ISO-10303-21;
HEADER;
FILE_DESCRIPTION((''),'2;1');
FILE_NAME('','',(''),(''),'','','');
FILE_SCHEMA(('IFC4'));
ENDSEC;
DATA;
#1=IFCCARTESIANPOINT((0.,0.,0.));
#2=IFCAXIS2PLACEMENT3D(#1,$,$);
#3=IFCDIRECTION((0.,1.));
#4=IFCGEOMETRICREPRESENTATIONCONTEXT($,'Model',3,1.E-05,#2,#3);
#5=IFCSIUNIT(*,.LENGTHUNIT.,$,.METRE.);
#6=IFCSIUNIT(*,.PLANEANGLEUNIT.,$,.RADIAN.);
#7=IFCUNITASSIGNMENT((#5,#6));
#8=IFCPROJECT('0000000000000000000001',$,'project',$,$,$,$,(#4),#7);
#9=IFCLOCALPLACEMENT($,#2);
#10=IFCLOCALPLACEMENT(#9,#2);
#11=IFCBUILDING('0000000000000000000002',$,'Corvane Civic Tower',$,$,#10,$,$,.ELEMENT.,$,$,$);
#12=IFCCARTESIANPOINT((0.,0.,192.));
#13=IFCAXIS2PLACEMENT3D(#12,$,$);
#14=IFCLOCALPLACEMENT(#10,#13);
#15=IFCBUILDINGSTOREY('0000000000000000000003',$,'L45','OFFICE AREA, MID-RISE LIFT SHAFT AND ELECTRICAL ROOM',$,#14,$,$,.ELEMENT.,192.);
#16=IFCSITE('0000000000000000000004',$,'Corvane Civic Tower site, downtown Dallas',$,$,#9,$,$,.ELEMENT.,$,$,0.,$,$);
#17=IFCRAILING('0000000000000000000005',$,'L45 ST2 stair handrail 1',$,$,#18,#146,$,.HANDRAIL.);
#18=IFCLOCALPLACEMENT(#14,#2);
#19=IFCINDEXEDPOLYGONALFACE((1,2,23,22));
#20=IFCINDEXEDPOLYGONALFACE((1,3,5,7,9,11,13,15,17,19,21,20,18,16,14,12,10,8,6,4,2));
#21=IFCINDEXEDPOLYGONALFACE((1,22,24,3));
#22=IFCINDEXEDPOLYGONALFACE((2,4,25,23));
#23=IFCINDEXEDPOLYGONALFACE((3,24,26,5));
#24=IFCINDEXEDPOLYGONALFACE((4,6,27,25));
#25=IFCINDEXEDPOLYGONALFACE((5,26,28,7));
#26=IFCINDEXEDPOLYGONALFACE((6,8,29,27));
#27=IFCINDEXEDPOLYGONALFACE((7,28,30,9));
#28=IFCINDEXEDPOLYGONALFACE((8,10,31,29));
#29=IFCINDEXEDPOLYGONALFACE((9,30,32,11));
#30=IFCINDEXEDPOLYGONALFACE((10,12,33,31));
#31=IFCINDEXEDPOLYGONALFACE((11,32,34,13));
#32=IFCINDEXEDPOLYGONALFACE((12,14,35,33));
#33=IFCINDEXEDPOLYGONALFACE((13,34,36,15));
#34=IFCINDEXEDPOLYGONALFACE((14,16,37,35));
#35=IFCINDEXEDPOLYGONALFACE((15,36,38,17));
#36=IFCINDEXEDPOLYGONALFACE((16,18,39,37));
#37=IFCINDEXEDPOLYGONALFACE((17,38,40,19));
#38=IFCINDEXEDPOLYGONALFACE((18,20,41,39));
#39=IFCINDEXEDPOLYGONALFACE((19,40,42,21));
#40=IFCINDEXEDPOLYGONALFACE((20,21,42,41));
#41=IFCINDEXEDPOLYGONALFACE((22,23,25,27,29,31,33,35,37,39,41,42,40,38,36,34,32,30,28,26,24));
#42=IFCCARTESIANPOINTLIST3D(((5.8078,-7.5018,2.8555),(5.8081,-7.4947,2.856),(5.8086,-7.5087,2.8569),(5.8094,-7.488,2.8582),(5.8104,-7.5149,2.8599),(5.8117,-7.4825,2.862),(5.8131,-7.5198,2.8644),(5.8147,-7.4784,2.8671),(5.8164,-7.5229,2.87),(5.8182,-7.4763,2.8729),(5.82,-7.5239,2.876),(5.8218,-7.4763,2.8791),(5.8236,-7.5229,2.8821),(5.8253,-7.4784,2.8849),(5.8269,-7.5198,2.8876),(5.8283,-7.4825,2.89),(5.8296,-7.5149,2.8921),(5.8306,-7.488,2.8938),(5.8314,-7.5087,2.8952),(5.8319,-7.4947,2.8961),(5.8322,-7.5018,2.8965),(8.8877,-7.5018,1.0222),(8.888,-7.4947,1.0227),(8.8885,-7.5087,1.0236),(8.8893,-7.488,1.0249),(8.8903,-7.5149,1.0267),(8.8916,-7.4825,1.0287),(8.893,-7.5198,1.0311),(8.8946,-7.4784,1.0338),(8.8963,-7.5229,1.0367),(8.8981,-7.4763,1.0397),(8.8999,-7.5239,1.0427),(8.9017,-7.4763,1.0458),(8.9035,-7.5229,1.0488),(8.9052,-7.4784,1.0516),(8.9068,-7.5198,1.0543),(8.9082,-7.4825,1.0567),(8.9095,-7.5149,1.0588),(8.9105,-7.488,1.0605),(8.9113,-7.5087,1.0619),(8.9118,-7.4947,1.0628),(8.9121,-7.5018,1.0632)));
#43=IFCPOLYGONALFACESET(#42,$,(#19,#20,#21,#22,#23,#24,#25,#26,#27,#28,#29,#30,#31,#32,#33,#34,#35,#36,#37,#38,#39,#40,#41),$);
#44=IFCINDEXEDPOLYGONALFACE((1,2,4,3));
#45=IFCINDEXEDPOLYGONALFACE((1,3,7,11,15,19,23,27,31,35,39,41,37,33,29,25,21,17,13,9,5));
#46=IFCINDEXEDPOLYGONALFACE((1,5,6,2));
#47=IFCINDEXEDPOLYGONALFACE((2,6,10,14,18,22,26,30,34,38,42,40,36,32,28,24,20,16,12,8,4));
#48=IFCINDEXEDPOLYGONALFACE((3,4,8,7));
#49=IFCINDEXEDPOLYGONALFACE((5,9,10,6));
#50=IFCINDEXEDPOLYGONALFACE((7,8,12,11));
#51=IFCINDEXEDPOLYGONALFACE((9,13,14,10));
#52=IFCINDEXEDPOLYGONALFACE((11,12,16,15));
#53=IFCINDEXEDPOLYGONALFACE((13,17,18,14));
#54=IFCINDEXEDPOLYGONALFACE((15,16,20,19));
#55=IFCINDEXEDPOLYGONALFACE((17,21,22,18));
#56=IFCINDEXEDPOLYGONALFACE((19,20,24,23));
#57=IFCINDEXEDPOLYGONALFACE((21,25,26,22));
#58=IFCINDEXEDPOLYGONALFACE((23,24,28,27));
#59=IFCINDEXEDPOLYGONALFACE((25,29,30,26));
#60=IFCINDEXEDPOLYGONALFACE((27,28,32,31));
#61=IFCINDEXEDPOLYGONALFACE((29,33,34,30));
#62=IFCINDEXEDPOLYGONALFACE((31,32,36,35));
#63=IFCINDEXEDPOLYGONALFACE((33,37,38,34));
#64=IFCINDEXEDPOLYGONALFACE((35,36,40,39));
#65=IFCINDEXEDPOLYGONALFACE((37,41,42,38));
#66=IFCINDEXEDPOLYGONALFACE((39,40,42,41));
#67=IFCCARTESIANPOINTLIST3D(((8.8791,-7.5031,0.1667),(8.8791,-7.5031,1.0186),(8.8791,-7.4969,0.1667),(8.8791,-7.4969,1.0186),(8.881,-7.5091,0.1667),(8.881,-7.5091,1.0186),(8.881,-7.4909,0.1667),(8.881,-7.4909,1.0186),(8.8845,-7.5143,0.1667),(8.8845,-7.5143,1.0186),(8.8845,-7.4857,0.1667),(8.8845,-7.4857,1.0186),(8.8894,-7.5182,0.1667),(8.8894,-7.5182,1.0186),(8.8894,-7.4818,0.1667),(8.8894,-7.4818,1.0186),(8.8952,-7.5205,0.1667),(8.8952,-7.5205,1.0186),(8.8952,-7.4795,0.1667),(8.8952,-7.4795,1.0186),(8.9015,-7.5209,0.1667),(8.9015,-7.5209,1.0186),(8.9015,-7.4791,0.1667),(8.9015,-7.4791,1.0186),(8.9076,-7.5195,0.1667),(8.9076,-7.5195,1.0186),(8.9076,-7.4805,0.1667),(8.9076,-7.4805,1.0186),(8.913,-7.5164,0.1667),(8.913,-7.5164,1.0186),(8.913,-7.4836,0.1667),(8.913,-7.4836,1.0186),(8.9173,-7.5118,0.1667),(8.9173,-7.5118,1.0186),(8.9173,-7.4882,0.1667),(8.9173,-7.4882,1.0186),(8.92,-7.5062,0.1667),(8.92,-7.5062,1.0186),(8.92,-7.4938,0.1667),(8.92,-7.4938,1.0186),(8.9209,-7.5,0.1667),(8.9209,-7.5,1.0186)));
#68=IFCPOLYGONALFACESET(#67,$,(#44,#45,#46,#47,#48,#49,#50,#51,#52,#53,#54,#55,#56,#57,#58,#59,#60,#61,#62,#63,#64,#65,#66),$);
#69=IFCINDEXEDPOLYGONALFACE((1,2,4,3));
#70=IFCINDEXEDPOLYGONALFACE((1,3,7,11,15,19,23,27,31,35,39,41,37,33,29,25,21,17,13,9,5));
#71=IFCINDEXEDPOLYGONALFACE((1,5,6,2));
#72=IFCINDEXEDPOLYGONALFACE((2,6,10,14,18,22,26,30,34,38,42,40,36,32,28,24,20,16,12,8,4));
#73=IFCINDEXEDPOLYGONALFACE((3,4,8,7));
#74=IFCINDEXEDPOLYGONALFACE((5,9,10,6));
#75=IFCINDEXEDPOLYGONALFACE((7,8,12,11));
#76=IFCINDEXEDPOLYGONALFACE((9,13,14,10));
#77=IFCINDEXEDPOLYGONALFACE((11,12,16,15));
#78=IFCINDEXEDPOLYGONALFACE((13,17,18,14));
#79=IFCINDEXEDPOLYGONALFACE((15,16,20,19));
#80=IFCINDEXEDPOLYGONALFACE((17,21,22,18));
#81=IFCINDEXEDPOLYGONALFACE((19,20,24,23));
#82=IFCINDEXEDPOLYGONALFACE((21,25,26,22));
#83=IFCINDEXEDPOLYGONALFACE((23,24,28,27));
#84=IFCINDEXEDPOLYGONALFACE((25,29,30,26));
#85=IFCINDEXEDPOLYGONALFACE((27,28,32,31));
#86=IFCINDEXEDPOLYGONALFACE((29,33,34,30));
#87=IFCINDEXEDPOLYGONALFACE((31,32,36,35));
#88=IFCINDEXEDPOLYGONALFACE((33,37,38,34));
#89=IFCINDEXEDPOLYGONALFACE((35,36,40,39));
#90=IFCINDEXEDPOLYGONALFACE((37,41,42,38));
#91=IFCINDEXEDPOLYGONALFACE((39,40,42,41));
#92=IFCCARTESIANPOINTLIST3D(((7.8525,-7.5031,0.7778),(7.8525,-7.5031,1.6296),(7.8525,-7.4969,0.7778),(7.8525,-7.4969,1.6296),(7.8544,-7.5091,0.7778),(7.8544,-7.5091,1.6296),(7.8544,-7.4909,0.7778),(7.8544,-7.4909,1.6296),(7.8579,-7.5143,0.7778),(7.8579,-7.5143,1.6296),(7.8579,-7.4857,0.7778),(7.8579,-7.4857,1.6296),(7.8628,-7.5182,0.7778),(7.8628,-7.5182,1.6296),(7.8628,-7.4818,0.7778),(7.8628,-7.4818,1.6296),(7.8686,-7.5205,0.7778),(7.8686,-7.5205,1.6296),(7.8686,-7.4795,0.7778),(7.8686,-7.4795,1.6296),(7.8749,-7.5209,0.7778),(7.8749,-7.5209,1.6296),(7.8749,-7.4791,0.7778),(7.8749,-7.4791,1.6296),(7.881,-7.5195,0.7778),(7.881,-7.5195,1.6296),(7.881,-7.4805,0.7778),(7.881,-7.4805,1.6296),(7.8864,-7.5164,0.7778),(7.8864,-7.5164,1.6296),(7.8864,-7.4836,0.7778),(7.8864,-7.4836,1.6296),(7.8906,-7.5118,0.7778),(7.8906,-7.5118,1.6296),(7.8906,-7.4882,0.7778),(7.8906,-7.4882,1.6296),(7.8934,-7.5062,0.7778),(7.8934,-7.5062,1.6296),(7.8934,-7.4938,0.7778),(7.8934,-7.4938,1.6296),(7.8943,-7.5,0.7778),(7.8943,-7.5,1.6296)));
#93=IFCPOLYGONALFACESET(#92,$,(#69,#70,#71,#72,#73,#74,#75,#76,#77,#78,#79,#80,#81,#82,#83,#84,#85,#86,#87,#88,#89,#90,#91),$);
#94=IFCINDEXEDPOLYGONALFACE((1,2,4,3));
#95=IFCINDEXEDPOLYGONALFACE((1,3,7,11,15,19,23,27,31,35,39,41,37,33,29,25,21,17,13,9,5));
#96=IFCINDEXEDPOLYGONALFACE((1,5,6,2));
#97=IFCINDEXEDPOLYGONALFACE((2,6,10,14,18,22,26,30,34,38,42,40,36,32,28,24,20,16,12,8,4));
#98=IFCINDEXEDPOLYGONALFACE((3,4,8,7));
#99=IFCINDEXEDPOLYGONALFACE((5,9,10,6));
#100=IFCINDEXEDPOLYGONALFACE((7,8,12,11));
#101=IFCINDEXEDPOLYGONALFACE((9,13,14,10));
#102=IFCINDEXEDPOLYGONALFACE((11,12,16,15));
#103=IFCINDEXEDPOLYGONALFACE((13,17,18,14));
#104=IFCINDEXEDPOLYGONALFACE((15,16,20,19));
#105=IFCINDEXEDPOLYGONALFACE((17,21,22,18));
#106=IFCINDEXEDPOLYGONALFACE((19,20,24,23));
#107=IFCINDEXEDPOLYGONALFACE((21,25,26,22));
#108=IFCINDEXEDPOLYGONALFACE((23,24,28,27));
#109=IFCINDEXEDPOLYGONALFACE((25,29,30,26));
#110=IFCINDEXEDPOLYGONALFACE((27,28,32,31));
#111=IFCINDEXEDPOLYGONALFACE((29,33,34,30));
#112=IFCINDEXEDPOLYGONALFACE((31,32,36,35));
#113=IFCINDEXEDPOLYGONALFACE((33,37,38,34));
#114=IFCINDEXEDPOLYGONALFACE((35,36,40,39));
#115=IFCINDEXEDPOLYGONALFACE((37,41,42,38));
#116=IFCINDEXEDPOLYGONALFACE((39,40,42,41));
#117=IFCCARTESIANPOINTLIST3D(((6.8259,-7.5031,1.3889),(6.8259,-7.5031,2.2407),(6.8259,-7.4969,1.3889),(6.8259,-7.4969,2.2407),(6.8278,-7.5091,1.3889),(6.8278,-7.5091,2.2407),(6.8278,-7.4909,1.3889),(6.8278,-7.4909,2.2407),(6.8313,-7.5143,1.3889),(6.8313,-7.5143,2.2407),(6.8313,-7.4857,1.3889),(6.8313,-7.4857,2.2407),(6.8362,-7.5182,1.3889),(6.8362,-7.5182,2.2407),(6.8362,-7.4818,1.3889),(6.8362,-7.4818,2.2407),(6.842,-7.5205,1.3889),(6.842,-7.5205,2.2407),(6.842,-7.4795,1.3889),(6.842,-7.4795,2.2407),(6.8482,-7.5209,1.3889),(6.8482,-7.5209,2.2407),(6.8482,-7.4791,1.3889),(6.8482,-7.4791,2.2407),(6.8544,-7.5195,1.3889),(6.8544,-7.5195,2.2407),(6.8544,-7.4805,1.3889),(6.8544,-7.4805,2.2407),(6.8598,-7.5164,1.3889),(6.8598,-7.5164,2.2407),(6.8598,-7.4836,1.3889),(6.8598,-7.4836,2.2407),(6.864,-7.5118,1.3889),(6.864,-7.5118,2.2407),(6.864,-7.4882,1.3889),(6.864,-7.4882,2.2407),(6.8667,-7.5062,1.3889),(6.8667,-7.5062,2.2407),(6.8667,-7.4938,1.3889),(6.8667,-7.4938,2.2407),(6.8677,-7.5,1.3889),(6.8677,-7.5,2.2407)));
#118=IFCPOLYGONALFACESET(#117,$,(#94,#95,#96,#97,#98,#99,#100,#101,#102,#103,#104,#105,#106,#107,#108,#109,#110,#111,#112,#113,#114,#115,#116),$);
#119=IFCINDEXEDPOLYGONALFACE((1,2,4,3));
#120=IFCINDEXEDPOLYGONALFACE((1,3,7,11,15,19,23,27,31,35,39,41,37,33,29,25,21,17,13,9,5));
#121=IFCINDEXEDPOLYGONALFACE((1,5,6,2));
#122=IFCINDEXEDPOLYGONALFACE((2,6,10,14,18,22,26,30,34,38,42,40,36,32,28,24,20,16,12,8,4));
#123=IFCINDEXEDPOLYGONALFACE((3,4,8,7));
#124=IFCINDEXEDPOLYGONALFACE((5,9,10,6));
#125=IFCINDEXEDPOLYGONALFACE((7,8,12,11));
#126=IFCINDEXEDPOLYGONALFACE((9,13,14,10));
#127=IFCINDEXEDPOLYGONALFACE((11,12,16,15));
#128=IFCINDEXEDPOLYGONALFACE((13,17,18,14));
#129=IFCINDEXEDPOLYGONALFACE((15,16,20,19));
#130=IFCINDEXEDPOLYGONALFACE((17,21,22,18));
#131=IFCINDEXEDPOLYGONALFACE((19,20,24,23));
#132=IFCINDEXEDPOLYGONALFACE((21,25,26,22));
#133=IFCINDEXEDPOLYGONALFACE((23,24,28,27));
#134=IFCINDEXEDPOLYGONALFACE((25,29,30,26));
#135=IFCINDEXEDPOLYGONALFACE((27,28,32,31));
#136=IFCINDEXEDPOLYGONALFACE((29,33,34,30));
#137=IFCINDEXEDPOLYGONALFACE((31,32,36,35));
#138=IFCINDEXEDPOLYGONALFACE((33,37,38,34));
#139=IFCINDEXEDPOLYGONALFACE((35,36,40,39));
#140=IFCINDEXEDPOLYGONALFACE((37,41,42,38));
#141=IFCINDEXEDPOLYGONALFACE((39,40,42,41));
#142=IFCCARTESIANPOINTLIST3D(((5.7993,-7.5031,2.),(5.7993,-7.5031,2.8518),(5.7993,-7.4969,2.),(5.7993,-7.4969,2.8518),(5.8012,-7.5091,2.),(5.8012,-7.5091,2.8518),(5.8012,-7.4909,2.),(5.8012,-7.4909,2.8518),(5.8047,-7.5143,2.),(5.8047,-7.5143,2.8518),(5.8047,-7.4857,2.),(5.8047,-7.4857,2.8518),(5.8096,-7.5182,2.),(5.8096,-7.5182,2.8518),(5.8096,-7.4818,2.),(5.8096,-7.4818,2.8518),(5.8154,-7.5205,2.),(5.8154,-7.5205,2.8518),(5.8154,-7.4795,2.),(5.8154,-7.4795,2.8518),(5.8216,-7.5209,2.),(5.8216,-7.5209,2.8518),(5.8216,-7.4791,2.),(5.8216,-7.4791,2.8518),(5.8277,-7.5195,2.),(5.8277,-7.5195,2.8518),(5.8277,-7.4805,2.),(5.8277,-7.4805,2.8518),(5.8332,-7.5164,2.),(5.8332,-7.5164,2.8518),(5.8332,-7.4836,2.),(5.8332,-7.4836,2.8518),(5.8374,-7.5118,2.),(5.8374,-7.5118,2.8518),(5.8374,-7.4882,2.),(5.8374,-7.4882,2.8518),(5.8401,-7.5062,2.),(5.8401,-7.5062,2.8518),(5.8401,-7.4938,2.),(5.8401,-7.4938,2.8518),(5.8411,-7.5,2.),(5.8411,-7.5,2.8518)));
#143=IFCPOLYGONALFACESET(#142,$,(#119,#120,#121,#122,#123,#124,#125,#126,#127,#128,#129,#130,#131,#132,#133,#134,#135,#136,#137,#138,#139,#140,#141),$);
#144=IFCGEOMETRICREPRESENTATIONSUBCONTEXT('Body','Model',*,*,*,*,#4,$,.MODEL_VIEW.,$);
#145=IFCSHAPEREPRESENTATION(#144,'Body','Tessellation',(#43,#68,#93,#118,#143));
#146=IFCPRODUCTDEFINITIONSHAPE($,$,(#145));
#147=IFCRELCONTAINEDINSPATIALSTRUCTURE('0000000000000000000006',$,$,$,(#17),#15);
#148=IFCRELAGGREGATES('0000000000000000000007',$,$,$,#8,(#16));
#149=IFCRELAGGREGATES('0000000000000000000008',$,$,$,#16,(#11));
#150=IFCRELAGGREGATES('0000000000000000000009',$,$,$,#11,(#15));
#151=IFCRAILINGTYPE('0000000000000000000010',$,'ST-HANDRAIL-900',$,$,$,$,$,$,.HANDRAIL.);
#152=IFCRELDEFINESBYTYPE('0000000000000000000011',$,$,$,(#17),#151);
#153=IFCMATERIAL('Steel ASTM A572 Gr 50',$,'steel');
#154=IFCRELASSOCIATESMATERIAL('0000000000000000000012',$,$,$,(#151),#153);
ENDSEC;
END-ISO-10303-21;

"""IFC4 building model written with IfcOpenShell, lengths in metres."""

from ifc_helpers import new_model, si_unit, direction, frame, origin, origin_2d, place, context, subcontext, project, spatial, circle, extrude, material, type_object, element, save


model = new_model("IFC4")

# Units and contexts
model_context = context("Model", 3, precision=1e-05, world=origin(), true_north=direction((0.0, 1.0)))
body_context = subcontext(model_context, "Body", "Model", "MODEL_VIEW")
ifc_project = project(units=[si_unit("LENGTHUNIT", "METRE"), si_unit("PLANEANGLEUNIT", "RADIAN")], contexts=[model_context])

# Site, building, storey
site_placement = place(None, origin())
site = spatial("IfcSite", under=ifc_project, at=site_placement, Name="Corvane Civic Tower site, downtown Dallas", CompositionType="ELEMENT", RefElevation=0.0)
building_placement = place(site_placement, origin())
building = spatial("IfcBuilding", under=site, at=building_placement, Name="Corvane Civic Tower", CompositionType="ELEMENT")
storey_placement = place(building_placement, frame((0.0, 0.0, 192.0)))
storey = spatial("IfcBuildingStorey", under=building, at=storey_placement, Name="L45", Description="OFFICE AREA, MID-RISE LIFT SHAFT AND ELECTRICAL ROOM", CompositionType="ELEMENT", Elevation=192.0)

# Railing
ifc_material_1 = material(Name="Steel ASTM A572 Gr 50", Category="steel")
railing_type_1 = type_object("IfcRailingType", Name="ST-HANDRAIL-900", PredefinedType="HANDRAIL", material=ifc_material_1)
railing_1_placement = place(storey_placement, frame((8.8999, -7.5, 0.1667)))
element("IfcRailing", 1, at=railing_1_placement, inside=storey, type_object=railing_type_1, Name="L45 ST2 stair handrail 1", PredefinedType="HANDRAIL", context=body_context, shape_type="SweptSolid", body=[
    extrude(circle(Radius=0.0239, at=origin_2d()), frame((0.0, 0.0, 0.876), z_axis=(-0.859291, 0.0, 0.511487), x_axis=(0.0, -1.0, 0.0)), (0.0, 0.0, 1.0), 3.5842),
    extrude(circle(Radius=0.021, at=origin_2d()), origin(), (0.0, 0.0, 1.0), 0.8518),
    extrude(circle(Radius=0.021, at=origin_2d()), frame((-1.0266, 0.0, 0.6111)), (0.0, 0.0, 1.0), 0.8518),
    extrude(circle(Radius=0.021, at=origin_2d()), frame((-2.0532, 0.0, 1.2222)), (0.0, 0.0, 1.0), 0.8518),
    extrude(circle(Radius=0.021, at=origin_2d()), frame((-3.0798, 0.0, 1.8333)), (0.0, 0.0, 1.0), 0.8518),
])

save(model, "model.ifc")
